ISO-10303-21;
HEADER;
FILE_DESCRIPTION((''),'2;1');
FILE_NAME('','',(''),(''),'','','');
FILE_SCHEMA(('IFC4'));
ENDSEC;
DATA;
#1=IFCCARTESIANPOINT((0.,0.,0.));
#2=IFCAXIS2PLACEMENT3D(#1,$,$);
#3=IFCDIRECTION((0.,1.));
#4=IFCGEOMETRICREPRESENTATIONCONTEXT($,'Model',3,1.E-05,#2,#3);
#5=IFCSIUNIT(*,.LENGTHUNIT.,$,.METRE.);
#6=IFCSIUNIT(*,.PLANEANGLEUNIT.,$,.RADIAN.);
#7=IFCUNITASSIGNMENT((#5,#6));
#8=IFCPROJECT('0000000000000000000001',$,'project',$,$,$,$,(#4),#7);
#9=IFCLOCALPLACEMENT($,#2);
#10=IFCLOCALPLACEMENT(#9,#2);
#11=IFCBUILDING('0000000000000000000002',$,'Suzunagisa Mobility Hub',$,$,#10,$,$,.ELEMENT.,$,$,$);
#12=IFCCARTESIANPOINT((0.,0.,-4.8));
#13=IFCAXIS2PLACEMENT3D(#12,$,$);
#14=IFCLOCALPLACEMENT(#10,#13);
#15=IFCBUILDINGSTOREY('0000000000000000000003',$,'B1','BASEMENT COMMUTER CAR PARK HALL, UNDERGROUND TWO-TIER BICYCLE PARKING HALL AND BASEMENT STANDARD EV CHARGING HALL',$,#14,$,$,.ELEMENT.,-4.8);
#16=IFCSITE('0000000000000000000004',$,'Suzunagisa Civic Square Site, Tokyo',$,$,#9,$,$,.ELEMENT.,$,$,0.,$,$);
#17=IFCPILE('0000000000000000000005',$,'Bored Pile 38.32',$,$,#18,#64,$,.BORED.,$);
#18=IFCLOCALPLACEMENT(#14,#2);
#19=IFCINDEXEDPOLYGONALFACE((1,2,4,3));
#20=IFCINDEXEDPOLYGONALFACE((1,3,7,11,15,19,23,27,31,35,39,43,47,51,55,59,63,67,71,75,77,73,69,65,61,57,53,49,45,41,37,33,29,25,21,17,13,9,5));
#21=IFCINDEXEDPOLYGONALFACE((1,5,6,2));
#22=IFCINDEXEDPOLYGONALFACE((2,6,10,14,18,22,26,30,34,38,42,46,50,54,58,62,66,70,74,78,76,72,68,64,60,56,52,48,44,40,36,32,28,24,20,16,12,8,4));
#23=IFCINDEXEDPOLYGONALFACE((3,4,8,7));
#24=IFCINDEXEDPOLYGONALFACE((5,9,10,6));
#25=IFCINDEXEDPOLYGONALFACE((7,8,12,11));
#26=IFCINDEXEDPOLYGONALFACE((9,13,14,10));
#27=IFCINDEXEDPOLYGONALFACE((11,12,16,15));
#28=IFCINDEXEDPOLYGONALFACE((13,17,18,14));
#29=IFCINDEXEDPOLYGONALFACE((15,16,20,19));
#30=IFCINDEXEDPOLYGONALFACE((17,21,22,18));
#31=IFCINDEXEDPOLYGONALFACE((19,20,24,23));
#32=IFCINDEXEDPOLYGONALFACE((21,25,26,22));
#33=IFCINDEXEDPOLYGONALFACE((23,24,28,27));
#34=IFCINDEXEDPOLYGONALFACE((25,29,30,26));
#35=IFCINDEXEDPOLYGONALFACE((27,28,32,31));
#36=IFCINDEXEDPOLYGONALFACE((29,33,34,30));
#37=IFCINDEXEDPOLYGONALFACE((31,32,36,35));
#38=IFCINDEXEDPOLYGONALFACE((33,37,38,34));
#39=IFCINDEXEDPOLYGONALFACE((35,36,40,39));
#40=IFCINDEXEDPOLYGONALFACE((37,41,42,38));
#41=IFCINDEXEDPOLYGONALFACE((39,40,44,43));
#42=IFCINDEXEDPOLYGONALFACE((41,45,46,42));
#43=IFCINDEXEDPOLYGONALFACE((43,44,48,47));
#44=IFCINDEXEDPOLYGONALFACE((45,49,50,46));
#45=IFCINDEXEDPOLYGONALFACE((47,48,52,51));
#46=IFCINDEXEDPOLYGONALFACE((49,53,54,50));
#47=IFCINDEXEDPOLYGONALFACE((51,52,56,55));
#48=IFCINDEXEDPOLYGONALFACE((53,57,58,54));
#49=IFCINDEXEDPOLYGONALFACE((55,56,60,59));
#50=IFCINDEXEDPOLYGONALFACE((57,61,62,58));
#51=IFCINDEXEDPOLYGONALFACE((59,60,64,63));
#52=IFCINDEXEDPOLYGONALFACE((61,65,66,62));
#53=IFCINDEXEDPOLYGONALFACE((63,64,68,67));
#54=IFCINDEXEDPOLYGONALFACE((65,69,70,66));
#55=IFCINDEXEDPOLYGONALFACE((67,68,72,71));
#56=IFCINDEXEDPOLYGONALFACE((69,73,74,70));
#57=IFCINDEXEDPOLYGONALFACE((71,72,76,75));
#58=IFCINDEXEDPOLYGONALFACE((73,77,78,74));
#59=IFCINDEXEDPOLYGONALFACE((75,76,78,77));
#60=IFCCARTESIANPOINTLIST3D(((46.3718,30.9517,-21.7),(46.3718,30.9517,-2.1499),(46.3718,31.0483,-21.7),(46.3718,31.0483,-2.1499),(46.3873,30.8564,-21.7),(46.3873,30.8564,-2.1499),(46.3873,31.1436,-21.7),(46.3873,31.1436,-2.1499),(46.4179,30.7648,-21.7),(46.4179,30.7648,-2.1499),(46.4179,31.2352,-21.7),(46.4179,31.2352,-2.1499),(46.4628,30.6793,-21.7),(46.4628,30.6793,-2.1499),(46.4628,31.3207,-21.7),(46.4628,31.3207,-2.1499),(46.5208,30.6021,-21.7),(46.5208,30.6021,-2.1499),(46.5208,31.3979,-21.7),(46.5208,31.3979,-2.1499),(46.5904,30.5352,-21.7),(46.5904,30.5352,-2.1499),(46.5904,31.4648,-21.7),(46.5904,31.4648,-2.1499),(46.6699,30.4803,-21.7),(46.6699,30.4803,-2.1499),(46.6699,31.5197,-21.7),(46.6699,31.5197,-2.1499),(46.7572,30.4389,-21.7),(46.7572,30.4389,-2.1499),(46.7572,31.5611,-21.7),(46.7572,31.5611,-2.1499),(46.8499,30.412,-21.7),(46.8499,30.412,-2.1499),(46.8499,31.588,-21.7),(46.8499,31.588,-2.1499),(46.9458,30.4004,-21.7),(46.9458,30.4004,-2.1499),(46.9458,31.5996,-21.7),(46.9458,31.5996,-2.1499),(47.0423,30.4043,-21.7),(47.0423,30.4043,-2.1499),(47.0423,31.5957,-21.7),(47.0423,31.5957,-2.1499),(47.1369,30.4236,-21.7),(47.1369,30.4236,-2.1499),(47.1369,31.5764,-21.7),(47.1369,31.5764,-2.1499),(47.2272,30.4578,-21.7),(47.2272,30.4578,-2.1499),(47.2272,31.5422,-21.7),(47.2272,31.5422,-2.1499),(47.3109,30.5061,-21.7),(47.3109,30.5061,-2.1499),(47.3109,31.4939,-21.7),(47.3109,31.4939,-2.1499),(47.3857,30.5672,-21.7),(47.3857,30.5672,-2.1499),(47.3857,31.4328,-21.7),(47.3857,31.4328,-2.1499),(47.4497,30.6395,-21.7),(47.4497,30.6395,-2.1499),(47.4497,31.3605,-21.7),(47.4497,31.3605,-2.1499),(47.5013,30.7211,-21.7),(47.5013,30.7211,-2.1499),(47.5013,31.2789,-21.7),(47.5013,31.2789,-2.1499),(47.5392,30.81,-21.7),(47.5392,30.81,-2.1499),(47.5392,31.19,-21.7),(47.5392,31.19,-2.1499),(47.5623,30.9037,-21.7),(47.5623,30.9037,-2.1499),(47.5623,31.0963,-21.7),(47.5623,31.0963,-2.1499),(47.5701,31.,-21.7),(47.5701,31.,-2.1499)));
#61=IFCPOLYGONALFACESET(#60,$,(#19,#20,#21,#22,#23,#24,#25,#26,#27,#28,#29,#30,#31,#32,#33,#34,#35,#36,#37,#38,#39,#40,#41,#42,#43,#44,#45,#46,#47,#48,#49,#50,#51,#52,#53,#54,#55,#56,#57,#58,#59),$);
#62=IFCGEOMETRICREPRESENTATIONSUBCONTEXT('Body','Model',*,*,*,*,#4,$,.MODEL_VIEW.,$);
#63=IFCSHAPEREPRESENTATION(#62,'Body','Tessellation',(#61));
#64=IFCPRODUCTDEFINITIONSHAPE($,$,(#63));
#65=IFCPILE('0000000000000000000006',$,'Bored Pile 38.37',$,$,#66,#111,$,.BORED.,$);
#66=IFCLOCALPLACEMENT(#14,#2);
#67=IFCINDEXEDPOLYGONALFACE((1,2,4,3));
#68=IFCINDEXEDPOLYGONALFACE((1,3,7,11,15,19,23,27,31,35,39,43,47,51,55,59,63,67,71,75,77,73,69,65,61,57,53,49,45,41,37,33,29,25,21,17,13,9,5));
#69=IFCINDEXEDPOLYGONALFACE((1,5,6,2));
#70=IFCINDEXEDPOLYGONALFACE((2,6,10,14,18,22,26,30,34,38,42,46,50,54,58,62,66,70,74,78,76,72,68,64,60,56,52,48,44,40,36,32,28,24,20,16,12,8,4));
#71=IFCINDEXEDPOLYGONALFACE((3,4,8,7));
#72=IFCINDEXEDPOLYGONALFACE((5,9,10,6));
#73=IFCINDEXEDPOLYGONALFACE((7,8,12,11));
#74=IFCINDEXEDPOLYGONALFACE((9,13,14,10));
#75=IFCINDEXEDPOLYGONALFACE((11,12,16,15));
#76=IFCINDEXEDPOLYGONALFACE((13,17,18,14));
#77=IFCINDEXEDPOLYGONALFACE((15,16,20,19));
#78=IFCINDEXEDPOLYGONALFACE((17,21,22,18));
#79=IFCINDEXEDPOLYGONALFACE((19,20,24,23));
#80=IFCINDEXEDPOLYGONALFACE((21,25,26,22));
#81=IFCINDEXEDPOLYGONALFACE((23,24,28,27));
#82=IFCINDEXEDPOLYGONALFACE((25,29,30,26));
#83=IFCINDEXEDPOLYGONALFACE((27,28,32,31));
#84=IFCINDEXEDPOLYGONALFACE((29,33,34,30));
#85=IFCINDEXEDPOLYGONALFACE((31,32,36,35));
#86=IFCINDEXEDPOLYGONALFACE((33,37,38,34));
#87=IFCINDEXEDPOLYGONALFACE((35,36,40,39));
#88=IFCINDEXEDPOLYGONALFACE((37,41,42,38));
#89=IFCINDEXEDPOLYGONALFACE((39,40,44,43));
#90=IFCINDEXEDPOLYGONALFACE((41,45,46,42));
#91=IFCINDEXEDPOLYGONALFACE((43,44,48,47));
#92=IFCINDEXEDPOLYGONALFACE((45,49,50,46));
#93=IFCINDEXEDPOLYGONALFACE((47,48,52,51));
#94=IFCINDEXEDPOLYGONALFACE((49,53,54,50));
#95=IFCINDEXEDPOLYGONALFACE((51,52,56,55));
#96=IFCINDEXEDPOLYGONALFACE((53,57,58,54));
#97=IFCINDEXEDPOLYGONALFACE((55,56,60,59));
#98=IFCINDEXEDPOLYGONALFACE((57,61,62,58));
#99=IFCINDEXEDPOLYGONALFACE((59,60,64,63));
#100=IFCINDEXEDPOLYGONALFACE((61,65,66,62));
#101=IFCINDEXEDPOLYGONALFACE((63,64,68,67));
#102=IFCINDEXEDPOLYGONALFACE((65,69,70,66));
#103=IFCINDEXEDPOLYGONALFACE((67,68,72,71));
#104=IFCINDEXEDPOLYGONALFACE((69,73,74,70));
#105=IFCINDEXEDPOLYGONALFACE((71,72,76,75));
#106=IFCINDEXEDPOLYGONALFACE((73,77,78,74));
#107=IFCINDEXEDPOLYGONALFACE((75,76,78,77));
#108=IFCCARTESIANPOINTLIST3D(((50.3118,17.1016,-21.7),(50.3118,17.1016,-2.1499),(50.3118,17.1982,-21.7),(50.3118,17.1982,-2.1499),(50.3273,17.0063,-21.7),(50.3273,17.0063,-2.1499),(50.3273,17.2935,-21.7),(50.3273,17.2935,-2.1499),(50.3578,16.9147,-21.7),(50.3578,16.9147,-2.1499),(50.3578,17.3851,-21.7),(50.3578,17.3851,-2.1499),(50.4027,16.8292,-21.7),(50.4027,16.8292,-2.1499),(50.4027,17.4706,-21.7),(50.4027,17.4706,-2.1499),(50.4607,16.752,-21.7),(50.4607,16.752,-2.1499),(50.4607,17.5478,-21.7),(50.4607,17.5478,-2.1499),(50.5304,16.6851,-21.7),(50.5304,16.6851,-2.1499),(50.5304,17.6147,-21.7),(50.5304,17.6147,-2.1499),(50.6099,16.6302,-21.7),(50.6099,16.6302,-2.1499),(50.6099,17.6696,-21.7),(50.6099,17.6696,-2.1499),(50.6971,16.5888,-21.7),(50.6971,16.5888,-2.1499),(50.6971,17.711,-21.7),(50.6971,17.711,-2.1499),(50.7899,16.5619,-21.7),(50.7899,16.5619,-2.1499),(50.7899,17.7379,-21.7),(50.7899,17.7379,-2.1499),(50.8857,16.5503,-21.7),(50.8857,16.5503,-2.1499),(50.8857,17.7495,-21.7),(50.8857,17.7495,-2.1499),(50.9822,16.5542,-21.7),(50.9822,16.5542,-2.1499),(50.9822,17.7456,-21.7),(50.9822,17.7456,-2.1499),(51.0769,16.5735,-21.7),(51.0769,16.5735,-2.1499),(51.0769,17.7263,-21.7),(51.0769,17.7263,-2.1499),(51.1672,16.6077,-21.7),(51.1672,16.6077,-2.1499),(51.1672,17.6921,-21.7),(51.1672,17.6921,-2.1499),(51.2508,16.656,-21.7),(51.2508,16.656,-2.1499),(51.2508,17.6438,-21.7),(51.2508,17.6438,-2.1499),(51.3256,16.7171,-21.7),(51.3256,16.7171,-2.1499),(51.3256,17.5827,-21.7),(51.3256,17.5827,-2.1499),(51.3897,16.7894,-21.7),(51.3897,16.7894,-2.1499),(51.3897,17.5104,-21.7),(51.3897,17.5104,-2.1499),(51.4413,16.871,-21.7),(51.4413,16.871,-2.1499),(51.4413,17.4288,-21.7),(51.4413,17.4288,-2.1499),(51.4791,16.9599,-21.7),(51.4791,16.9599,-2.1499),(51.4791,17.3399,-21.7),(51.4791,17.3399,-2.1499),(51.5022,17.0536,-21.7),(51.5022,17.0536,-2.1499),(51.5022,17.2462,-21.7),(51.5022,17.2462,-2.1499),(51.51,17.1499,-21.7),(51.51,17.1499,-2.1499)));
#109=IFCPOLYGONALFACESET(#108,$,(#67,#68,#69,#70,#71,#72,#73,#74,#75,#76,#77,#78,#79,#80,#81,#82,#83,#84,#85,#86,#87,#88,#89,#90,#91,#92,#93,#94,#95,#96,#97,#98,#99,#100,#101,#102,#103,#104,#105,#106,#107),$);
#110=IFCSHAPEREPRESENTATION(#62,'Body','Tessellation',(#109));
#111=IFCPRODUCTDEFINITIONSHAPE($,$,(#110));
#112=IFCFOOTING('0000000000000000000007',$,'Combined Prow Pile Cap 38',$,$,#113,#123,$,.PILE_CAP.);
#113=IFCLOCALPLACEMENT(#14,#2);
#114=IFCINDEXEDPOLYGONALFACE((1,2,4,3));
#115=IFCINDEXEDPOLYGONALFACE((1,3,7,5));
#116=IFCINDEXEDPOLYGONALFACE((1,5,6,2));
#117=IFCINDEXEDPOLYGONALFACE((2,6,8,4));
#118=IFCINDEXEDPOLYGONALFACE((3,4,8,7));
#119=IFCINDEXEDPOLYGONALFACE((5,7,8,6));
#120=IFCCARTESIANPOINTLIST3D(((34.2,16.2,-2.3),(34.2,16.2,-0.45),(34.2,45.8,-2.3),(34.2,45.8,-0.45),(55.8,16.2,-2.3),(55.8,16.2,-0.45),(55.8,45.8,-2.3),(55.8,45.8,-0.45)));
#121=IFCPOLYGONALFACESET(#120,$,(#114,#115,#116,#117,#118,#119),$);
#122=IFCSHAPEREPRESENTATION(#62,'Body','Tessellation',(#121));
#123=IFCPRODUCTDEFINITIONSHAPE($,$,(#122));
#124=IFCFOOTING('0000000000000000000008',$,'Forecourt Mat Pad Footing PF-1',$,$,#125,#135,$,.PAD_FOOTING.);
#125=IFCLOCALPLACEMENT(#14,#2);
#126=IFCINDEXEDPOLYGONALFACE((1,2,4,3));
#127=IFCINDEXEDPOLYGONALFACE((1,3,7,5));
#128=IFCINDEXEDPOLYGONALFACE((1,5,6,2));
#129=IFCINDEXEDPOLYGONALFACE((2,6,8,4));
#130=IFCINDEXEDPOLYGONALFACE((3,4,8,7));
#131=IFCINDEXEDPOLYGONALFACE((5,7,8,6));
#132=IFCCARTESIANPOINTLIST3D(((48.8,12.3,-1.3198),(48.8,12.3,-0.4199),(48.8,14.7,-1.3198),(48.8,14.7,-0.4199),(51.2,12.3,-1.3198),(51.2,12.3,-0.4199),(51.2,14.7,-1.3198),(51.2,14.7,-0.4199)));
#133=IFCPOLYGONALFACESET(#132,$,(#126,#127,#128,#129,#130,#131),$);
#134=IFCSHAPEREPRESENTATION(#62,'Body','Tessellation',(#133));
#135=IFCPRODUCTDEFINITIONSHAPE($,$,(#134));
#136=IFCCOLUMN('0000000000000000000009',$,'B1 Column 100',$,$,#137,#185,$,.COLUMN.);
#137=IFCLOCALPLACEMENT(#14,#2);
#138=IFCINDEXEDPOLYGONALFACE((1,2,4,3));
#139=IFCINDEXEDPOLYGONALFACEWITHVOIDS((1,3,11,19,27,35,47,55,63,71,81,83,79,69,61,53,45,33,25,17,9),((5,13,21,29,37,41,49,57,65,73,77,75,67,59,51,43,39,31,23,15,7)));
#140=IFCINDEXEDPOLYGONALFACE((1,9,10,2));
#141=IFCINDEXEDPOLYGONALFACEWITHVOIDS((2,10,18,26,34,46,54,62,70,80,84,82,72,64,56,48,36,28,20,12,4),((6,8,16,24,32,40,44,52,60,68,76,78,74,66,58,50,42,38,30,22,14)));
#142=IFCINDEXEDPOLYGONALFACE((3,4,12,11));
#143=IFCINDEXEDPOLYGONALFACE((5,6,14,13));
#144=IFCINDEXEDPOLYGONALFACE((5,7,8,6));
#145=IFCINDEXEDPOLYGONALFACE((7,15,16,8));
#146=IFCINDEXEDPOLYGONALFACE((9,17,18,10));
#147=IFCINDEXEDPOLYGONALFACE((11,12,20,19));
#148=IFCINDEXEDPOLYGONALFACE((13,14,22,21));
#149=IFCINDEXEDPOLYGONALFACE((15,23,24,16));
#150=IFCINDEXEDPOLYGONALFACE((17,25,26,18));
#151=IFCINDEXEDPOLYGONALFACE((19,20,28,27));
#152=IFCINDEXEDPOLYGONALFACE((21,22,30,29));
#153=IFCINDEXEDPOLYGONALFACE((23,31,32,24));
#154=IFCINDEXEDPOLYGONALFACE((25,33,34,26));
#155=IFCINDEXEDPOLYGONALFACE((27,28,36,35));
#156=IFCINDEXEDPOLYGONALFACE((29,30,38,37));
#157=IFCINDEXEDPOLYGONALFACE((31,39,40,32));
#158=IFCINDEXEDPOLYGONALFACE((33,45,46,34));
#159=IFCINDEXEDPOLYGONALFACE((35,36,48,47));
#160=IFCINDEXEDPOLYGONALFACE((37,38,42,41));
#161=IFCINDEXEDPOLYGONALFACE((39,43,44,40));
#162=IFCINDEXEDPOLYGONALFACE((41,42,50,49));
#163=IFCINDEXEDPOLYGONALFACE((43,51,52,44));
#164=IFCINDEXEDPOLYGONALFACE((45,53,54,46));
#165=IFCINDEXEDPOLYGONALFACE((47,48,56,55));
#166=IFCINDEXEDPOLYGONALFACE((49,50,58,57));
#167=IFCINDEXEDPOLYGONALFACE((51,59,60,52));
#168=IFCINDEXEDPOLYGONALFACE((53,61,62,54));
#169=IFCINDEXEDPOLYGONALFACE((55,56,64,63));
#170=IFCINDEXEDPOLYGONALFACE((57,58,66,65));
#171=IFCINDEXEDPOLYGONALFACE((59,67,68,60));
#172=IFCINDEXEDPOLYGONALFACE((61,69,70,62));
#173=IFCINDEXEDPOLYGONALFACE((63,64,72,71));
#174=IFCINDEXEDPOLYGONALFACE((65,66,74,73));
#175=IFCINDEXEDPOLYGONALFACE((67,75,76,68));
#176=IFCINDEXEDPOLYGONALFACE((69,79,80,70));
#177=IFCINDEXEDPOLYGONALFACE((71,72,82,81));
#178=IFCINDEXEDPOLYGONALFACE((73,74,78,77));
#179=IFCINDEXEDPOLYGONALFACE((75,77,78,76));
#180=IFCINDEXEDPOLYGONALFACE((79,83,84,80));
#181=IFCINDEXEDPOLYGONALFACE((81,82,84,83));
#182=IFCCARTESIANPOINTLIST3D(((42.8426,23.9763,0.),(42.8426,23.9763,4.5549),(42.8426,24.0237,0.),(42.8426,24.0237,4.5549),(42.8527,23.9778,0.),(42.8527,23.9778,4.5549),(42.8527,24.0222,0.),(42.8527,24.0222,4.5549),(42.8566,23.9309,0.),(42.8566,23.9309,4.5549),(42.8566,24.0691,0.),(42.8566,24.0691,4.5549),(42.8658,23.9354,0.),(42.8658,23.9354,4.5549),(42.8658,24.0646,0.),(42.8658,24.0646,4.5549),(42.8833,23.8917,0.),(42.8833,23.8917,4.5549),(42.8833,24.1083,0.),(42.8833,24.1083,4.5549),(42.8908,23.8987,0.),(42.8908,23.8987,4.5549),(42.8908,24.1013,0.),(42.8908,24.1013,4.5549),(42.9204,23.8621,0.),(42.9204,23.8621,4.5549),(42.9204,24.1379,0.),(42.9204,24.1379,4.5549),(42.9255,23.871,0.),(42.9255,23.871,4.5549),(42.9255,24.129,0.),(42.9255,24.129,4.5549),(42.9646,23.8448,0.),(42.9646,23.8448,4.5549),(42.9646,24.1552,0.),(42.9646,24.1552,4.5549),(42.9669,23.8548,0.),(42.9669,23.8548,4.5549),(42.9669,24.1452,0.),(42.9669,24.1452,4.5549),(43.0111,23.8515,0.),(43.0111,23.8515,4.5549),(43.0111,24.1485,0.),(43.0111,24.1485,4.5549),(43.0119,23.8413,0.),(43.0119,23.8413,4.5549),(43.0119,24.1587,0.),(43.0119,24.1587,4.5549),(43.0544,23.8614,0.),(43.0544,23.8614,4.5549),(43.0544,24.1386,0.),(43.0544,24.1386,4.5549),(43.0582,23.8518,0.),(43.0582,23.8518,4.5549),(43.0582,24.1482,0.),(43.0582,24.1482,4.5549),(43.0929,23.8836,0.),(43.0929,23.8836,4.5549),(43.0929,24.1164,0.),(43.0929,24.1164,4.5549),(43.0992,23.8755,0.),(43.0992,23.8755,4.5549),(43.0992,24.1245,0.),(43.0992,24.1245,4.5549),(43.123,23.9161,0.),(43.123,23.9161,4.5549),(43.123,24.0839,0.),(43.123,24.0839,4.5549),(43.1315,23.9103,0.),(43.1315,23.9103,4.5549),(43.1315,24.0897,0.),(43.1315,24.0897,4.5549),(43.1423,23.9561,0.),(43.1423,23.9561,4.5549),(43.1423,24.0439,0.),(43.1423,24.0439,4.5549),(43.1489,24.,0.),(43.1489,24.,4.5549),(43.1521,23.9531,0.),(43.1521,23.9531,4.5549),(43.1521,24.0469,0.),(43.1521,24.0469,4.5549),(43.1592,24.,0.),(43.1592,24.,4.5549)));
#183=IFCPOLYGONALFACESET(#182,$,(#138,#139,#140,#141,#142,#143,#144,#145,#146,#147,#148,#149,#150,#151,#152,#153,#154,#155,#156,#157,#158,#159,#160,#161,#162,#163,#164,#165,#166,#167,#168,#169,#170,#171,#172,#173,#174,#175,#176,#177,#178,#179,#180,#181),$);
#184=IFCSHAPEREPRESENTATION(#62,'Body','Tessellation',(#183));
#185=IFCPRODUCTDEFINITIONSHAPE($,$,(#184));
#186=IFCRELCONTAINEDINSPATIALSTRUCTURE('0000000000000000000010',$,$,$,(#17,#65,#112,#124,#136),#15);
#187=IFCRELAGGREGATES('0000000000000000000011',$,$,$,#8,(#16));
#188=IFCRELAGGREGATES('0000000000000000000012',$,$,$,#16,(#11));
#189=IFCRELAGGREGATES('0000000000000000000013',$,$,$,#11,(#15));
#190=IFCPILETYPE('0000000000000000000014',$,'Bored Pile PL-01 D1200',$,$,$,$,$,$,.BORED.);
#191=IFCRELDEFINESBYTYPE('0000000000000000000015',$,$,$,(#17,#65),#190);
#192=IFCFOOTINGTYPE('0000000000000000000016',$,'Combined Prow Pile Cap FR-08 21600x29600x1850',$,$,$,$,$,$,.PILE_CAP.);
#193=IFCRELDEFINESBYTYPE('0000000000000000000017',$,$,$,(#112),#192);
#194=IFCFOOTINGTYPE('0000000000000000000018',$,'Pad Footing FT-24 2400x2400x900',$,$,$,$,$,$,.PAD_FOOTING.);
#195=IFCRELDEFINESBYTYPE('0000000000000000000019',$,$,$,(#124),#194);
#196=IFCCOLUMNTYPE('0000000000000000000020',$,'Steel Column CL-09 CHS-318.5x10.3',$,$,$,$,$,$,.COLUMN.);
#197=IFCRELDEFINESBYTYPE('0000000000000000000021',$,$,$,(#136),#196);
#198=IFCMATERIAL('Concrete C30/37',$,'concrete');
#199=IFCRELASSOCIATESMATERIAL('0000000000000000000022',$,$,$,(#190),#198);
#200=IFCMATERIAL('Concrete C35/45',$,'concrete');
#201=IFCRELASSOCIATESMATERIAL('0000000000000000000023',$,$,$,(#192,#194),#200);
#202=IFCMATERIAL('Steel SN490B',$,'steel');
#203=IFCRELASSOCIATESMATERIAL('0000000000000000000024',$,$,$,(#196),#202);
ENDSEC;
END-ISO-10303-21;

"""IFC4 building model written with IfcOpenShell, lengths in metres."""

from ifc_helpers import new_model, si_unit, direction, frame, origin, origin_2d, place, context, subcontext, project, spatial, rectangle, circle, hollow_circle, extrude, material, material_profile, profile_set, type_object, element, save


model = new_model("IFC4")

# Units and contexts
model_context = context("Model", 3, precision=1e-05, world=origin(), true_north=direction((0.0, 1.0)))
body_context = subcontext(model_context, "Body", "Model", "MODEL_VIEW")
ifc_project = project(units=[si_unit("LENGTHUNIT", "METRE"), si_unit("PLANEANGLEUNIT", "RADIAN")], contexts=[model_context])

# Site, building, storey
site_placement = place(None, origin())
site = spatial("IfcSite", under=ifc_project, at=site_placement, Name="Suzunagisa Civic Square Site, Tokyo", CompositionType="ELEMENT", RefElevation=0.0)
building_placement = place(site_placement, origin())
building = spatial("IfcBuilding", under=site, at=building_placement, Name="Suzunagisa Mobility Hub", CompositionType="ELEMENT")
storey_placement = place(building_placement, frame((0.0, 0.0, -4.8)))
storey = spatial("IfcBuildingStorey", under=building, at=storey_placement, Name="B1", Description="BASEMENT COMMUTER CAR PARK HALL, UNDERGROUND TWO-TIER BICYCLE PARKING HALL AND BASEMENT STANDARD EV CHARGING HALL", CompositionType="ELEMENT", Elevation=-4.8)

# Piles
ifc_material_1 = material(Name="Concrete C30/37", Category="concrete")
ifc_material_profile_1 = material_profile(ifc_material_1, circle(Radius=0.6001, at=origin_2d()), Name="BORED PILE D1200")
ifc_profile_set_1 = profile_set([ifc_material_profile_1], Name="Concrete C30/37")
pile_type = type_object("IfcPileType", Name="Bored Pile PL-01 D1200", PredefinedType="BORED", material=ifc_profile_set_1)
for number, where, z_axis, x_axis, name in (
    (1, (46.97, 31.0, -2.1499), (0.0, 0.0, -1.0), (1.0, 0.0, 0.0), "Bored Pile 38.32"),
    (2, (50.9099, 17.1499, -2.1499), (0.0, 0.0, -1.0), (1.0, 0.0, 0.0), "Bored Pile 38.37"),
):
    element("IfcPile", number, at=place(storey_placement, frame(where, z_axis=z_axis, x_axis=x_axis)), inside=storey, type_object=pile_type, Name=name, PredefinedType="BORED", context=body_context, shape_type="SweptSolid", body=[
        extrude(circle(Radius=0.6001, at=origin_2d()), origin(), (0.0, 0.0, 1.0), 19.55),
    ])

# Footings
ifc_material_2 = material(Name="Concrete C35/45", Category="concrete")
footing_type_1 = type_object("IfcFootingType", Name="Combined Prow Pile Cap FR-08 21600x29600x1850", PredefinedType="PILE_CAP", material=ifc_material_2)
footing_1_placement = place(storey_placement, frame((45.0, 31.0, -2.3), z_axis=(0.0, 0.0, 1.0), x_axis=(1.0, 0.0, 0.0)))
element("IfcFooting", 3, at=footing_1_placement, inside=storey, type_object=footing_type_1, Name="Combined Prow Pile Cap 38", PredefinedType="PILE_CAP", context=body_context, shape_type="SweptSolid", body=[
    extrude(rectangle(XDim=21.6001, YDim=29.6001, at=origin_2d()), origin(), (0.0, 0.0, 1.0), 1.8501),
])
footing_type_2 = type_object("IfcFootingType", Name="Pad Footing FT-24 2400x2400x900", PredefinedType="PAD_FOOTING", material=ifc_material_2)
footing_2_placement = place(storey_placement, frame((50.0, 13.5, -1.3198), z_axis=(0.0, 0.0, 1.0), x_axis=(1.0, 0.0, 0.0)))
element("IfcFooting", 4, at=footing_2_placement, inside=storey, type_object=footing_type_2, Name="Forecourt Mat Pad Footing PF-1", PredefinedType="PAD_FOOTING", context=body_context, shape_type="SweptSolid", body=[
    extrude(rectangle(XDim=2.3999, YDim=2.3999, at=origin_2d()), origin(), (0.0, 0.0, 1.0), 0.8999),
])

# Column
ifc_material_3 = material(Name="Steel SN490B", Category="steel")
ifc_material_profile_2 = material_profile(ifc_material_3, hollow_circle(Radius=0.1592, WallThickness=0.0103, at=origin_2d()), Name="CHS-318.5x10.3")
ifc_profile_set_2 = profile_set([ifc_material_profile_2], Name="Steel SN490B")
column_type = type_object("IfcColumnType", Name="Steel Column CL-09 CHS-318.5x10.3", PredefinedType="COLUMN", material=ifc_profile_set_2)
for number, where, z_axis, x_axis, name in (
    (5, (43.0, 24.0, 0.0), (0.0, 0.0, 1.0), (1.0, 0.0, 0.0), "B1 Column 100"),
):
    element("IfcColumn", number, at=place(storey_placement, frame(where, z_axis=z_axis, x_axis=x_axis)), inside=storey, type_object=column_type, Name=name, PredefinedType="COLUMN", context=body_context, shape_type="SweptSolid", body=[
        extrude(hollow_circle(Radius=0.1592, WallThickness=0.0103, at=origin_2d()), origin(), (0.0, 0.0, 1.0), 4.5549),
    ])

save(model, "model.ifc")
